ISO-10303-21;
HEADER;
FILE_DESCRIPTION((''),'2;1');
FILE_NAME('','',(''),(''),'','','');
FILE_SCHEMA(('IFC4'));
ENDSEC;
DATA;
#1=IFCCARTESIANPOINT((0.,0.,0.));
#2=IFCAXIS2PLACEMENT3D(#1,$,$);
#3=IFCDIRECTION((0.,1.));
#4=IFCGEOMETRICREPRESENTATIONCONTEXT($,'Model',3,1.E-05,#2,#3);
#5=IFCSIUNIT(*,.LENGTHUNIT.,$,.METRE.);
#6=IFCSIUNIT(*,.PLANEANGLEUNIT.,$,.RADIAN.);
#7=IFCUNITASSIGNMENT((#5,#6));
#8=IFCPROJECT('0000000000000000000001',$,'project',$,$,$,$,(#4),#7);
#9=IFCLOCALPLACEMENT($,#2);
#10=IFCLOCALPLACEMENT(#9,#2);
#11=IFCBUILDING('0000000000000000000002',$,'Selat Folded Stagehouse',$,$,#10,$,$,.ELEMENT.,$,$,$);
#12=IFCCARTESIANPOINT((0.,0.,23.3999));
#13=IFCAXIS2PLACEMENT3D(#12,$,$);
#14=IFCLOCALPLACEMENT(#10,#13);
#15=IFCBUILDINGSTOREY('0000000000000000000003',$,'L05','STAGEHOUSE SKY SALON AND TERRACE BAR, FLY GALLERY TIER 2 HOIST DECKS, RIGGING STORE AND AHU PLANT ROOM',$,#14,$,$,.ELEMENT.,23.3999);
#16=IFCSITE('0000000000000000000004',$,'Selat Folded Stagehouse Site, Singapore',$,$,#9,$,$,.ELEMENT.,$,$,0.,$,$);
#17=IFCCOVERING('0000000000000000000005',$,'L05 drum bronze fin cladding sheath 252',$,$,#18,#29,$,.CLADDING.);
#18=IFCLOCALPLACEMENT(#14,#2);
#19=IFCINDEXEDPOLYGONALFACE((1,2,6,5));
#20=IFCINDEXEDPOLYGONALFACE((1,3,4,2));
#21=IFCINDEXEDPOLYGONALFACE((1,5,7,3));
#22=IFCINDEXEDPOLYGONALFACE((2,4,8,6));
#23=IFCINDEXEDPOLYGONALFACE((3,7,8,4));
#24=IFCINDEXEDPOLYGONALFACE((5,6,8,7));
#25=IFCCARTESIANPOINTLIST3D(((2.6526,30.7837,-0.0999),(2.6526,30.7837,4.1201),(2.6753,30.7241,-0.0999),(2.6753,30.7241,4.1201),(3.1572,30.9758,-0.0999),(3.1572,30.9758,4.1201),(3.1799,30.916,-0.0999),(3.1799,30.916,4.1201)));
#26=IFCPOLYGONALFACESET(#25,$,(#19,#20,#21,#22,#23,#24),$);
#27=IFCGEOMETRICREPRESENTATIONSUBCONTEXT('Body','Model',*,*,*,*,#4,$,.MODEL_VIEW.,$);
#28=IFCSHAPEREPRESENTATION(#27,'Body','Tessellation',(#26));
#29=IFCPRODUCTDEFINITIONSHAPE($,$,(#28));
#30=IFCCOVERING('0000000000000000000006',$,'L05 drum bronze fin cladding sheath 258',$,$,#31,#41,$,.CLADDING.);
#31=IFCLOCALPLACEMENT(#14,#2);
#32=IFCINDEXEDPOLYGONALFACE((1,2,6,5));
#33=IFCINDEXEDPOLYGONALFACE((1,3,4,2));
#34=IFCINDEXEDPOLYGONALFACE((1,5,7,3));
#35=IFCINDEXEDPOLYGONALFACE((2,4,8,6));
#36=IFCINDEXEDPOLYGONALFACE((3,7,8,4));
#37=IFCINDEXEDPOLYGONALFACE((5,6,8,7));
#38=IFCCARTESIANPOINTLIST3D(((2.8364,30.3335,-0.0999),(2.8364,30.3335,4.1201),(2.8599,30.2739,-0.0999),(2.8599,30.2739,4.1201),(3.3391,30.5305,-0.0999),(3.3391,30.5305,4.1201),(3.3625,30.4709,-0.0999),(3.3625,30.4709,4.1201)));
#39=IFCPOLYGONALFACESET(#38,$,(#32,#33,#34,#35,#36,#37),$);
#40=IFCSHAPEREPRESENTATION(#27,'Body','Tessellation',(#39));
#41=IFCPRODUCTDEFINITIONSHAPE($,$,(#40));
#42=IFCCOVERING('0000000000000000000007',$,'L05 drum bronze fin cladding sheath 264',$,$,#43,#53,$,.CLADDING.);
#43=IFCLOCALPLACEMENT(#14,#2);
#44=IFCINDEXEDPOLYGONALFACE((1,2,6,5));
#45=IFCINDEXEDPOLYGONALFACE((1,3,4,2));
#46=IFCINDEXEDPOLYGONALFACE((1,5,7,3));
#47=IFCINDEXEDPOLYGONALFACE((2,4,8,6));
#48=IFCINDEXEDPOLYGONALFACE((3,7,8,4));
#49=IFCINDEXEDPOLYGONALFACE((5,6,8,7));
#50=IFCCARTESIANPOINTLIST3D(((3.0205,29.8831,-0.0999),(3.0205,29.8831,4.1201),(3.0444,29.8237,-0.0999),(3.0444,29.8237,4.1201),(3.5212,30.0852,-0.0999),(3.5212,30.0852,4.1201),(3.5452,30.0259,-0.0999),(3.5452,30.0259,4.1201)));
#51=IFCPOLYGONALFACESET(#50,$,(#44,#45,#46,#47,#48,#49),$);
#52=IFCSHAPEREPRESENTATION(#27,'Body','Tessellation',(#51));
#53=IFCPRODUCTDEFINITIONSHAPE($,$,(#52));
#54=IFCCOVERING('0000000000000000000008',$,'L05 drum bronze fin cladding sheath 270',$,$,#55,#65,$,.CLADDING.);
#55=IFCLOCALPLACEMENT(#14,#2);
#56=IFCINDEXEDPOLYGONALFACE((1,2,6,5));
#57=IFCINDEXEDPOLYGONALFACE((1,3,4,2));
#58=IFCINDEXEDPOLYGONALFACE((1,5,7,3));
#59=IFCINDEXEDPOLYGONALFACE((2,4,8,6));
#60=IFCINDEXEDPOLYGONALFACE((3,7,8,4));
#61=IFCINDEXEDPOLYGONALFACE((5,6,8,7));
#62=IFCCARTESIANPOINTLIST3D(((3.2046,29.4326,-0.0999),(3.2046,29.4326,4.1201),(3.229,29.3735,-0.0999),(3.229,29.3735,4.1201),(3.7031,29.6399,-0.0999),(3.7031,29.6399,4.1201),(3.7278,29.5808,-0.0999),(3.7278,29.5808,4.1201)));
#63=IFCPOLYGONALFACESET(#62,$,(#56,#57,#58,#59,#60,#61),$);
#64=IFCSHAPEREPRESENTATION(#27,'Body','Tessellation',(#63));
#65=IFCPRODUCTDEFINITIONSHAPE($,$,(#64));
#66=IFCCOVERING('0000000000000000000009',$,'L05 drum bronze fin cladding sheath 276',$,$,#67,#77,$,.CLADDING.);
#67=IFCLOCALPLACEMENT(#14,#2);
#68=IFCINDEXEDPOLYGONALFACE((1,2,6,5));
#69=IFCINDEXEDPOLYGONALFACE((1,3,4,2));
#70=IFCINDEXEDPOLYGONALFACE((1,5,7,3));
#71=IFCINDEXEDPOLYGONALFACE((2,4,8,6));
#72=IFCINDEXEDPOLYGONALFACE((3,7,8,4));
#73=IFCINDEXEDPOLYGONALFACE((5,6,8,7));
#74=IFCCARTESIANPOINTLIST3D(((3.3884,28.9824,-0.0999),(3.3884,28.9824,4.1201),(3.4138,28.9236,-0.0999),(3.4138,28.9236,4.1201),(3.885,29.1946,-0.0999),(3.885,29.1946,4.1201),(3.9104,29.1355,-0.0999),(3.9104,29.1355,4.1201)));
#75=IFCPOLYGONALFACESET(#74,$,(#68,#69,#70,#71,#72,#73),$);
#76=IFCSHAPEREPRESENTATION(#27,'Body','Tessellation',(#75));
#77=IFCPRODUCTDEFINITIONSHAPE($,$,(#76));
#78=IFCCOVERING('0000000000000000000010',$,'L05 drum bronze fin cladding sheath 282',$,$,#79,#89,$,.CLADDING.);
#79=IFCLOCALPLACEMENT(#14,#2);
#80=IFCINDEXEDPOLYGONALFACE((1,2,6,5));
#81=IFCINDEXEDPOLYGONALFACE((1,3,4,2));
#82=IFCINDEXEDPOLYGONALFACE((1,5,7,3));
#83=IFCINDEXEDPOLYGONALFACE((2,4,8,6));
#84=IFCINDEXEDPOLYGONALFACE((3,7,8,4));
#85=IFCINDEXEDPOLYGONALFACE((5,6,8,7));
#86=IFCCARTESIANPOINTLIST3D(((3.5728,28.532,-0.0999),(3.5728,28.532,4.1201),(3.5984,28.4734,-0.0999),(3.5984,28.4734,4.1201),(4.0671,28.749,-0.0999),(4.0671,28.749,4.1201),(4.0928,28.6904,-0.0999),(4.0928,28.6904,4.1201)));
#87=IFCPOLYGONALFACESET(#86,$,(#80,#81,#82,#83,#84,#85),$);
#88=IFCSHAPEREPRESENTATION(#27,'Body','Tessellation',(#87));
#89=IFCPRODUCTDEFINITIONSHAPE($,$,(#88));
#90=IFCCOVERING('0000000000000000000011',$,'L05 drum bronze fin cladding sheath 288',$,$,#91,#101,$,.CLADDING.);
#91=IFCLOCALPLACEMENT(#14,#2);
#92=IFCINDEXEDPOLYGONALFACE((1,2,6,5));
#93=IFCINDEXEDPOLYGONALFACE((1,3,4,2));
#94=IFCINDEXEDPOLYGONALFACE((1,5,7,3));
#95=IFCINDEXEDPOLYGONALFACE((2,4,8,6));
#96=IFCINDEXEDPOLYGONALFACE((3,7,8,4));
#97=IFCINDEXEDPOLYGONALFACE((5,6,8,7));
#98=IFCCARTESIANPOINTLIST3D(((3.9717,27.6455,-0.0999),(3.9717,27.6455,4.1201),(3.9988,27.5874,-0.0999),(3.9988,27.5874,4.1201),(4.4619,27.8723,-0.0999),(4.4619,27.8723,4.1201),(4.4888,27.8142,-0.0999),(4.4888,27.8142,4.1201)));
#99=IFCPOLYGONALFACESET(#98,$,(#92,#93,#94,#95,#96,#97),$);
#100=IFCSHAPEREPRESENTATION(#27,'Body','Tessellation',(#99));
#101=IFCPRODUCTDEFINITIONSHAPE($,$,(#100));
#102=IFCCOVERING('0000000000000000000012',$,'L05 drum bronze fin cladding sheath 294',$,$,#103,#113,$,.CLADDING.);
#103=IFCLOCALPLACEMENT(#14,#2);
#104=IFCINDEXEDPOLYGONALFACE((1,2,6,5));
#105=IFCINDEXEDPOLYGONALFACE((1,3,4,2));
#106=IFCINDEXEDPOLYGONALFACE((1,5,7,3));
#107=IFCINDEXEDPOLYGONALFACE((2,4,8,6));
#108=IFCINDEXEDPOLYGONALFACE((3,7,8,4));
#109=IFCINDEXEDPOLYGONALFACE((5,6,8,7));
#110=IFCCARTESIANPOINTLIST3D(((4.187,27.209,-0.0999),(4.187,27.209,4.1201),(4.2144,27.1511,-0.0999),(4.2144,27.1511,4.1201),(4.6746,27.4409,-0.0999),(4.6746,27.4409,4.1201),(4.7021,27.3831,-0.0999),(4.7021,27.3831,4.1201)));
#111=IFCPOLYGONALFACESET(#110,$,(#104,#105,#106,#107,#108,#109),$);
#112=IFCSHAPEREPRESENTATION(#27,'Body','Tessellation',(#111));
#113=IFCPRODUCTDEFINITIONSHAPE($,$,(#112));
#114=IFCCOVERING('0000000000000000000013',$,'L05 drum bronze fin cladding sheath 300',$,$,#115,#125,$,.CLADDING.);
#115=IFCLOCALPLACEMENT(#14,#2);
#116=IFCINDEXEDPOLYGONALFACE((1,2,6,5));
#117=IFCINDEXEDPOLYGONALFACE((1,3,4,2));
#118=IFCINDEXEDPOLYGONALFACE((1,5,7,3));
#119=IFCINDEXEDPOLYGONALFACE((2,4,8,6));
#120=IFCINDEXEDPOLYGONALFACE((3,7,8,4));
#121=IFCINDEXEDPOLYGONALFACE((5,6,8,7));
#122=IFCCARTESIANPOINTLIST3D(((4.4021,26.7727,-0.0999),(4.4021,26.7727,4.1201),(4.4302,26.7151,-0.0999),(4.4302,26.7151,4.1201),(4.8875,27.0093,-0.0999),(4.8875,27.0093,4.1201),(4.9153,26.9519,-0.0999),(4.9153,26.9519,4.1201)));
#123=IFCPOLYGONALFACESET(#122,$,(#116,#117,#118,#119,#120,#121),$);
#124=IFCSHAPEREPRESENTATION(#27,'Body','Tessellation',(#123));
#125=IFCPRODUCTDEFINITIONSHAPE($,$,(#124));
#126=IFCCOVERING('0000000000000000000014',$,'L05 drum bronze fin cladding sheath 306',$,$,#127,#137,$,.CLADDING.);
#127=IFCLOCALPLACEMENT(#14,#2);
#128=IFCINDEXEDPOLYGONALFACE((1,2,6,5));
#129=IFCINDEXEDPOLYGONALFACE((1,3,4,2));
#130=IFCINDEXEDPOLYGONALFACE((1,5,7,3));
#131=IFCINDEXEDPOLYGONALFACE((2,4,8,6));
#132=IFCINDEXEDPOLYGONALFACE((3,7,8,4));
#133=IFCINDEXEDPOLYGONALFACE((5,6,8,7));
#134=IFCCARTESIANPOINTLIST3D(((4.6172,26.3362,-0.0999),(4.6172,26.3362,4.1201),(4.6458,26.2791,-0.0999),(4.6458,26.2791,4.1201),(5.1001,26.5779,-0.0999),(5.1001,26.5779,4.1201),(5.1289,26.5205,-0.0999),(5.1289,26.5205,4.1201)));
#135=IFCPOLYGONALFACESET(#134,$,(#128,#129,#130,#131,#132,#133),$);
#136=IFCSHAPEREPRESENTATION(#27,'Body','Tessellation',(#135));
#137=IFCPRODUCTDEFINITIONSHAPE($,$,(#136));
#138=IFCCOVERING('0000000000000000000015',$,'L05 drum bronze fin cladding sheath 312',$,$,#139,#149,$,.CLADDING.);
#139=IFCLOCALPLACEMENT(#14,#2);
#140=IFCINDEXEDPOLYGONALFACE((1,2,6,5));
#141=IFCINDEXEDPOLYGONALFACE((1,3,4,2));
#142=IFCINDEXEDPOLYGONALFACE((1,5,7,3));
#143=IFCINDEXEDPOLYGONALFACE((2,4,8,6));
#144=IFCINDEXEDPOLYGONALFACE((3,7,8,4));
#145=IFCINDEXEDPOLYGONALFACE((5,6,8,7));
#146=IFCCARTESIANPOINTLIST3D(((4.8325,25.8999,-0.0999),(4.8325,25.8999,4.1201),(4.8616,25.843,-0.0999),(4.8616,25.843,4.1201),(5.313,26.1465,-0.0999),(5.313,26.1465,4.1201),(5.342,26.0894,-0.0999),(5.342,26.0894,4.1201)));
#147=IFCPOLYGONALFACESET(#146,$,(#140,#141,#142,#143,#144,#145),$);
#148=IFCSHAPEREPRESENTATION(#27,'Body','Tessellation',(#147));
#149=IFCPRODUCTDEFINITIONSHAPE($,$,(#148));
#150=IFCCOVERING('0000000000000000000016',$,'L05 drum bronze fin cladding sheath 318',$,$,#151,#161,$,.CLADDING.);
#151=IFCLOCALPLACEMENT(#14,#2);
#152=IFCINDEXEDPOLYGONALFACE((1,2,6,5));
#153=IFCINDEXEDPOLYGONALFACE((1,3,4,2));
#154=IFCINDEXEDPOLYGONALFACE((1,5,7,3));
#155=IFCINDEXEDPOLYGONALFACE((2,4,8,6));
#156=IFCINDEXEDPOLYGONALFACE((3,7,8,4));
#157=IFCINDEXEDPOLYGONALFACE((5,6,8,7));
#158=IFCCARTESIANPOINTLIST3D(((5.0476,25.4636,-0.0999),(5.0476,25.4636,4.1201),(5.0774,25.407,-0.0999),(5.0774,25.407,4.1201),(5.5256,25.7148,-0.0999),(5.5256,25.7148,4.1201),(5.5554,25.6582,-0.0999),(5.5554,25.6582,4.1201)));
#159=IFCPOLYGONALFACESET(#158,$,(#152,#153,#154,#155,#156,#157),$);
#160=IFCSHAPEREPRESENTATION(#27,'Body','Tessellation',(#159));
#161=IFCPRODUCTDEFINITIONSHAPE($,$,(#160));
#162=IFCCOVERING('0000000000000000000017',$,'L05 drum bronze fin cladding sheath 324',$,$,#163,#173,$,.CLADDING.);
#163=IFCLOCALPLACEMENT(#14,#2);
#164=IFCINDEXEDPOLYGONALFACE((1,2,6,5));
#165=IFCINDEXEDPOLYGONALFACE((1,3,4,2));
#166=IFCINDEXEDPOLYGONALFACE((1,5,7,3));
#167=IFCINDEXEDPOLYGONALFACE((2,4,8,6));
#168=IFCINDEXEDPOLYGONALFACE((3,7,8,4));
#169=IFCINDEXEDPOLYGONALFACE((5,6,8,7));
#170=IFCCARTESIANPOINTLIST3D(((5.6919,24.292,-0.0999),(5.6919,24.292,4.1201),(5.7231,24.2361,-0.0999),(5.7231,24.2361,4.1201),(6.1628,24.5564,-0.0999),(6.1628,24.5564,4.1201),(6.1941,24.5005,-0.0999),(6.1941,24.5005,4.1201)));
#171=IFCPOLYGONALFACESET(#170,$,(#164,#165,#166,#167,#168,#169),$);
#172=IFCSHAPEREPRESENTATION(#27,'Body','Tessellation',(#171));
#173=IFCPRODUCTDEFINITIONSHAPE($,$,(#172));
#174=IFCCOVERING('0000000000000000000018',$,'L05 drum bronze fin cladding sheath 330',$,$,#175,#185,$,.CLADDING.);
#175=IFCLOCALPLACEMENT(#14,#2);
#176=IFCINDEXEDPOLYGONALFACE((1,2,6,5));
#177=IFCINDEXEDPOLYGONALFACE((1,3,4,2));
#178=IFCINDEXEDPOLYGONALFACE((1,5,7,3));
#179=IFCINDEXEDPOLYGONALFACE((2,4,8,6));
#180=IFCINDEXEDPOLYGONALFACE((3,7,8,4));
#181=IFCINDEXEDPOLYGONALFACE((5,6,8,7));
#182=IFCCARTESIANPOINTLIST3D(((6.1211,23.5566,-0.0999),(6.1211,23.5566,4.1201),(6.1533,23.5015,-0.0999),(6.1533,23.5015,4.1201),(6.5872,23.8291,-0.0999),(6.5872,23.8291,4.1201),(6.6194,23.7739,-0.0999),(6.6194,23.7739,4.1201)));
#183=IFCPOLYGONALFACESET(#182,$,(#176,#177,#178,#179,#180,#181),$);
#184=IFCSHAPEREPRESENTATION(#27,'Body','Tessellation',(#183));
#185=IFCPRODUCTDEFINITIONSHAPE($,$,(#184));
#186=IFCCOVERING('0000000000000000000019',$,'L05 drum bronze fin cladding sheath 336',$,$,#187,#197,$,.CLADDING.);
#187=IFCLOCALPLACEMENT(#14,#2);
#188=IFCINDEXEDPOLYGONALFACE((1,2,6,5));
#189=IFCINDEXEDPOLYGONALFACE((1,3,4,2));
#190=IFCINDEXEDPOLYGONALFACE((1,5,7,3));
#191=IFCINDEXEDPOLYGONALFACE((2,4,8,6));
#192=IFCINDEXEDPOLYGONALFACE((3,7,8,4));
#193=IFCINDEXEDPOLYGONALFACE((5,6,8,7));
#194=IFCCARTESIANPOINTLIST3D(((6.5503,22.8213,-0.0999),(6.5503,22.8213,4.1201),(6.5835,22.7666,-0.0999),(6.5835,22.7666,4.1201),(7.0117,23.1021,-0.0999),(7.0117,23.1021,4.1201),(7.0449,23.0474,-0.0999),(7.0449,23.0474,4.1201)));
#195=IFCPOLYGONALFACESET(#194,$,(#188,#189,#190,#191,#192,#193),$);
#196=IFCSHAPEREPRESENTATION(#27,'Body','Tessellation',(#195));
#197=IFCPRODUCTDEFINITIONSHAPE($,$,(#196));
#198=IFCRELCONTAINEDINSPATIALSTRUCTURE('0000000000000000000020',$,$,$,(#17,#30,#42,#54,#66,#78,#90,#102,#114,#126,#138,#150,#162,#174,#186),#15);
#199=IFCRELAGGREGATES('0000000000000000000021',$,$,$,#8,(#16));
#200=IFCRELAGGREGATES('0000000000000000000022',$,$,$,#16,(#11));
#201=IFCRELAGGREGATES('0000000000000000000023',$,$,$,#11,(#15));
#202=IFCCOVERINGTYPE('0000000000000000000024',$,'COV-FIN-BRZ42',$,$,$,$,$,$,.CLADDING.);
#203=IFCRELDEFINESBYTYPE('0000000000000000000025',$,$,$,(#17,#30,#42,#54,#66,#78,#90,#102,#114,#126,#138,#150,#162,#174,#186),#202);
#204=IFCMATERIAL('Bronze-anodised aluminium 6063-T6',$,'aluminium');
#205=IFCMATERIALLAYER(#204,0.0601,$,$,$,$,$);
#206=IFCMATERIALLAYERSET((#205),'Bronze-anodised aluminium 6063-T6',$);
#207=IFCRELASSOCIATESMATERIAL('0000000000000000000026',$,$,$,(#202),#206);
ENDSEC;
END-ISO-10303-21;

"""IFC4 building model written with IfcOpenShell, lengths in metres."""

from ifc_helpers import new_model, si_unit, direction, frame, origin, place, context, subcontext, project, spatial, polyline, outline, extrude, material, layer, layer_set, type_object, element, save


model = new_model("IFC4")

# Units and contexts
model_context = context("Model", 3, precision=1e-05, world=origin(), true_north=direction((0.0, 1.0)))
body_context = subcontext(model_context, "Body", "Model", "MODEL_VIEW")
ifc_project = project(units=[si_unit("LENGTHUNIT", "METRE"), si_unit("PLANEANGLEUNIT", "RADIAN")], contexts=[model_context])

# Site, building, storey
site_placement = place(None, origin())
site = spatial("IfcSite", under=ifc_project, at=site_placement, Name="Selat Folded Stagehouse Site, Singapore", CompositionType="ELEMENT", RefElevation=0.0)
building_placement = place(site_placement, origin())
building = spatial("IfcBuilding", under=site, at=building_placement, Name="Selat Folded Stagehouse", CompositionType="ELEMENT")
storey_placement = place(building_placement, frame((0.0, 0.0, 23.3999)))
storey = spatial("IfcBuildingStorey", under=building, at=storey_placement, Name="L05", Description="STAGEHOUSE SKY SALON AND TERRACE BAR, FLY GALLERY TIER 2 HOIST DECKS, RIGGING STORE AND AHU PLANT ROOM", CompositionType="ELEMENT", Elevation=23.3999)

# Coverings
ifc_material = material(Name="Bronze-anodised aluminium 6063-T6", Category="aluminium")
ifc_layer = layer(ifc_material, 0.0601)
ifc_layer_set = layer_set([ifc_layer], Name="Bronze-anodised aluminium 6063-T6")
covering_type = type_object("IfcCoveringType", Name="COV-FIN-BRZ42", PredefinedType="CLADDING", material=ifc_layer_set)
covering_1_placement = place(storey_placement, frame((0.0, 0.0, -0.0999)))
element("IfcCovering", 1, at=covering_1_placement, inside=storey, type_object=covering_type, Name="L05 drum bronze fin cladding sheath 252", PredefinedType="CLADDING", context=body_context, shape_type="SweptSolid", body=[
    extrude(outline(polyline([(3.1572, 30.9758), (2.6526, 30.7837), (2.6753, 30.7241), (3.1799, 30.916), (3.1572, 30.9758)])), origin(), (0.0, 0.0, 1.0), 4.22),
])
covering_2_placement = place(storey_placement, frame((0.0, 0.0, -0.0999)))
element("IfcCovering", 2, at=covering_2_placement, inside=storey, type_object=covering_type, Name="L05 drum bronze fin cladding sheath 258", PredefinedType="CLADDING", context=body_context, shape_type="SweptSolid", body=[
    extrude(outline(polyline([(3.3391, 30.5305), (2.8364, 30.3335), (2.8599, 30.2739), (3.3625, 30.4709), (3.3391, 30.5305)])), origin(), (0.0, 0.0, 1.0), 4.22),
])
covering_3_placement = place(storey_placement, frame((0.0, 0.0, -0.0999)))
element("IfcCovering", 3, at=covering_3_placement, inside=storey, type_object=covering_type, Name="L05 drum bronze fin cladding sheath 264", PredefinedType="CLADDING", context=body_context, shape_type="SweptSolid", body=[
    extrude(outline(polyline([(3.5212, 30.0852), (3.0205, 29.8831), (3.0444, 29.8237), (3.5452, 30.0259), (3.5212, 30.0852)])), origin(), (0.0, 0.0, 1.0), 4.22),
])
covering_4_placement = place(storey_placement, frame((0.0, 0.0, -0.0999)))
element("IfcCovering", 4, at=covering_4_placement, inside=storey, type_object=covering_type, Name="L05 drum bronze fin cladding sheath 270", PredefinedType="CLADDING", context=body_context, shape_type="SweptSolid", body=[
    extrude(outline(polyline([(3.7031, 29.6399), (3.2046, 29.4326), (3.229, 29.3735), (3.7278, 29.5808), (3.7031, 29.6399)])), origin(), (0.0, 0.0, 1.0), 4.22),
])
covering_5_placement = place(storey_placement, frame((0.0, 0.0, -0.0999)))
element("IfcCovering", 5, at=covering_5_placement, inside=storey, type_object=covering_type, Name="L05 drum bronze fin cladding sheath 276", PredefinedType="CLADDING", context=body_context, shape_type="SweptSolid", body=[
    extrude(outline(polyline([(3.885, 29.1946), (3.3884, 28.9824), (3.4138, 28.9236), (3.9104, 29.1355), (3.885, 29.1946)])), origin(), (0.0, 0.0, 1.0), 4.22),
])
covering_6_placement = place(storey_placement, frame((0.0, 0.0, -0.0999)))
element("IfcCovering", 6, at=covering_6_placement, inside=storey, type_object=covering_type, Name="L05 drum bronze fin cladding sheath 282", PredefinedType="CLADDING", context=body_context, shape_type="SweptSolid", body=[
    extrude(outline(polyline([(4.0671, 28.749), (3.5728, 28.532), (3.5984, 28.4734), (4.0928, 28.6904), (4.0671, 28.749)])), origin(), (0.0, 0.0, 1.0), 4.22),
])
covering_7_placement = place(storey_placement, frame((0.0, 0.0, -0.0999)))
element("IfcCovering", 7, at=covering_7_placement, inside=storey, type_object=covering_type, Name="L05 drum bronze fin cladding sheath 288", PredefinedType="CLADDING", context=body_context, shape_type="SweptSolid", body=[
    extrude(outline(polyline([(4.4619, 27.8723), (3.9717, 27.6455), (3.9988, 27.5874), (4.4888, 27.8142), (4.4619, 27.8723)])), origin(), (0.0, 0.0, 1.0), 4.22),
])
covering_8_placement = place(storey_placement, frame((0.0, 0.0, -0.0999)))
element("IfcCovering", 8, at=covering_8_placement, inside=storey, type_object=covering_type, Name="L05 drum bronze fin cladding sheath 294", PredefinedType="CLADDING", context=body_context, shape_type="SweptSolid", body=[
    extrude(outline(polyline([(4.6746, 27.4409), (4.187, 27.209), (4.2144, 27.1511), (4.7021, 27.3831), (4.6746, 27.4409)])), origin(), (0.0, 0.0, 1.0), 4.22),
])
covering_9_placement = place(storey_placement, frame((0.0, 0.0, -0.0999)))
element("IfcCovering", 9, at=covering_9_placement, inside=storey, type_object=covering_type, Name="L05 drum bronze fin cladding sheath 300", PredefinedType="CLADDING", context=body_context, shape_type="SweptSolid", body=[
    extrude(outline(polyline([(4.8875, 27.0093), (4.4021, 26.7727), (4.4302, 26.7151), (4.9153, 26.9519), (4.8875, 27.0093)])), origin(), (0.0, 0.0, 1.0), 4.22),
])
covering_10_placement = place(storey_placement, frame((0.0, 0.0, -0.0999)))
element("IfcCovering", 10, at=covering_10_placement, inside=storey, type_object=covering_type, Name="L05 drum bronze fin cladding sheath 306", PredefinedType="CLADDING", context=body_context, shape_type="SweptSolid", body=[
    extrude(outline(polyline([(5.1001, 26.5779), (4.6172, 26.3362), (4.6458, 26.2791), (5.1289, 26.5205), (5.1001, 26.5779)])), origin(), (0.0, 0.0, 1.0), 4.22),
])
covering_11_placement = place(storey_placement, frame((0.0, 0.0, -0.0999)))
element("IfcCovering", 11, at=covering_11_placement, inside=storey, type_object=covering_type, Name="L05 drum bronze fin cladding sheath 312", PredefinedType="CLADDING", context=body_context, shape_type="SweptSolid", body=[
    extrude(outline(polyline([(5.313, 26.1465), (4.8325, 25.8999), (4.8616, 25.843), (5.342, 26.0894), (5.313, 26.1465)])), origin(), (0.0, 0.0, 1.0), 4.22),
])
covering_12_placement = place(storey_placement, frame((0.0, 0.0, -0.0999)))
element("IfcCovering", 12, at=covering_12_placement, inside=storey, type_object=covering_type, Name="L05 drum bronze fin cladding sheath 318", PredefinedType="CLADDING", context=body_context, shape_type="SweptSolid", body=[
    extrude(outline(polyline([(5.5256, 25.7148), (5.0476, 25.4636), (5.0774, 25.407), (5.5554, 25.6582), (5.5256, 25.7148)])), origin(), (0.0, 0.0, 1.0), 4.22),
])
covering_13_placement = place(storey_placement, frame((0.0, 0.0, -0.0999)))
element("IfcCovering", 13, at=covering_13_placement, inside=storey, type_object=covering_type, Name="L05 drum bronze fin cladding sheath 324", PredefinedType="CLADDING", context=body_context, shape_type="SweptSolid", body=[
    extrude(outline(polyline([(6.1628, 24.5564), (5.6919, 24.292), (5.7231, 24.2361), (6.1941, 24.5005), (6.1628, 24.5564)])), origin(), (0.0, 0.0, 1.0), 4.22),
])
covering_14_placement = place(storey_placement, frame((0.0, 0.0, -0.0999)))
element("IfcCovering", 14, at=covering_14_placement, inside=storey, type_object=covering_type, Name="L05 drum bronze fin cladding sheath 330", PredefinedType="CLADDING", context=body_context, shape_type="SweptSolid", body=[
    extrude(outline(polyline([(6.5872, 23.8291), (6.1211, 23.5566), (6.1533, 23.5015), (6.6194, 23.7739), (6.5872, 23.8291)])), origin(), (0.0, 0.0, 1.0), 4.22),
])
covering_15_placement = place(storey_placement, frame((0.0, 0.0, -0.0999)))
element("IfcCovering", 15, at=covering_15_placement, inside=storey, type_object=covering_type, Name="L05 drum bronze fin cladding sheath 336", PredefinedType="CLADDING", context=body_context, shape_type="SweptSolid", body=[
    extrude(outline(polyline([(7.0117, 23.1021), (6.5503, 22.8213), (6.5835, 22.7666), (7.0449, 23.0474), (7.0117, 23.1021)])), origin(), (0.0, 0.0, 1.0), 4.22),
])

save(model, "model.ifc")
